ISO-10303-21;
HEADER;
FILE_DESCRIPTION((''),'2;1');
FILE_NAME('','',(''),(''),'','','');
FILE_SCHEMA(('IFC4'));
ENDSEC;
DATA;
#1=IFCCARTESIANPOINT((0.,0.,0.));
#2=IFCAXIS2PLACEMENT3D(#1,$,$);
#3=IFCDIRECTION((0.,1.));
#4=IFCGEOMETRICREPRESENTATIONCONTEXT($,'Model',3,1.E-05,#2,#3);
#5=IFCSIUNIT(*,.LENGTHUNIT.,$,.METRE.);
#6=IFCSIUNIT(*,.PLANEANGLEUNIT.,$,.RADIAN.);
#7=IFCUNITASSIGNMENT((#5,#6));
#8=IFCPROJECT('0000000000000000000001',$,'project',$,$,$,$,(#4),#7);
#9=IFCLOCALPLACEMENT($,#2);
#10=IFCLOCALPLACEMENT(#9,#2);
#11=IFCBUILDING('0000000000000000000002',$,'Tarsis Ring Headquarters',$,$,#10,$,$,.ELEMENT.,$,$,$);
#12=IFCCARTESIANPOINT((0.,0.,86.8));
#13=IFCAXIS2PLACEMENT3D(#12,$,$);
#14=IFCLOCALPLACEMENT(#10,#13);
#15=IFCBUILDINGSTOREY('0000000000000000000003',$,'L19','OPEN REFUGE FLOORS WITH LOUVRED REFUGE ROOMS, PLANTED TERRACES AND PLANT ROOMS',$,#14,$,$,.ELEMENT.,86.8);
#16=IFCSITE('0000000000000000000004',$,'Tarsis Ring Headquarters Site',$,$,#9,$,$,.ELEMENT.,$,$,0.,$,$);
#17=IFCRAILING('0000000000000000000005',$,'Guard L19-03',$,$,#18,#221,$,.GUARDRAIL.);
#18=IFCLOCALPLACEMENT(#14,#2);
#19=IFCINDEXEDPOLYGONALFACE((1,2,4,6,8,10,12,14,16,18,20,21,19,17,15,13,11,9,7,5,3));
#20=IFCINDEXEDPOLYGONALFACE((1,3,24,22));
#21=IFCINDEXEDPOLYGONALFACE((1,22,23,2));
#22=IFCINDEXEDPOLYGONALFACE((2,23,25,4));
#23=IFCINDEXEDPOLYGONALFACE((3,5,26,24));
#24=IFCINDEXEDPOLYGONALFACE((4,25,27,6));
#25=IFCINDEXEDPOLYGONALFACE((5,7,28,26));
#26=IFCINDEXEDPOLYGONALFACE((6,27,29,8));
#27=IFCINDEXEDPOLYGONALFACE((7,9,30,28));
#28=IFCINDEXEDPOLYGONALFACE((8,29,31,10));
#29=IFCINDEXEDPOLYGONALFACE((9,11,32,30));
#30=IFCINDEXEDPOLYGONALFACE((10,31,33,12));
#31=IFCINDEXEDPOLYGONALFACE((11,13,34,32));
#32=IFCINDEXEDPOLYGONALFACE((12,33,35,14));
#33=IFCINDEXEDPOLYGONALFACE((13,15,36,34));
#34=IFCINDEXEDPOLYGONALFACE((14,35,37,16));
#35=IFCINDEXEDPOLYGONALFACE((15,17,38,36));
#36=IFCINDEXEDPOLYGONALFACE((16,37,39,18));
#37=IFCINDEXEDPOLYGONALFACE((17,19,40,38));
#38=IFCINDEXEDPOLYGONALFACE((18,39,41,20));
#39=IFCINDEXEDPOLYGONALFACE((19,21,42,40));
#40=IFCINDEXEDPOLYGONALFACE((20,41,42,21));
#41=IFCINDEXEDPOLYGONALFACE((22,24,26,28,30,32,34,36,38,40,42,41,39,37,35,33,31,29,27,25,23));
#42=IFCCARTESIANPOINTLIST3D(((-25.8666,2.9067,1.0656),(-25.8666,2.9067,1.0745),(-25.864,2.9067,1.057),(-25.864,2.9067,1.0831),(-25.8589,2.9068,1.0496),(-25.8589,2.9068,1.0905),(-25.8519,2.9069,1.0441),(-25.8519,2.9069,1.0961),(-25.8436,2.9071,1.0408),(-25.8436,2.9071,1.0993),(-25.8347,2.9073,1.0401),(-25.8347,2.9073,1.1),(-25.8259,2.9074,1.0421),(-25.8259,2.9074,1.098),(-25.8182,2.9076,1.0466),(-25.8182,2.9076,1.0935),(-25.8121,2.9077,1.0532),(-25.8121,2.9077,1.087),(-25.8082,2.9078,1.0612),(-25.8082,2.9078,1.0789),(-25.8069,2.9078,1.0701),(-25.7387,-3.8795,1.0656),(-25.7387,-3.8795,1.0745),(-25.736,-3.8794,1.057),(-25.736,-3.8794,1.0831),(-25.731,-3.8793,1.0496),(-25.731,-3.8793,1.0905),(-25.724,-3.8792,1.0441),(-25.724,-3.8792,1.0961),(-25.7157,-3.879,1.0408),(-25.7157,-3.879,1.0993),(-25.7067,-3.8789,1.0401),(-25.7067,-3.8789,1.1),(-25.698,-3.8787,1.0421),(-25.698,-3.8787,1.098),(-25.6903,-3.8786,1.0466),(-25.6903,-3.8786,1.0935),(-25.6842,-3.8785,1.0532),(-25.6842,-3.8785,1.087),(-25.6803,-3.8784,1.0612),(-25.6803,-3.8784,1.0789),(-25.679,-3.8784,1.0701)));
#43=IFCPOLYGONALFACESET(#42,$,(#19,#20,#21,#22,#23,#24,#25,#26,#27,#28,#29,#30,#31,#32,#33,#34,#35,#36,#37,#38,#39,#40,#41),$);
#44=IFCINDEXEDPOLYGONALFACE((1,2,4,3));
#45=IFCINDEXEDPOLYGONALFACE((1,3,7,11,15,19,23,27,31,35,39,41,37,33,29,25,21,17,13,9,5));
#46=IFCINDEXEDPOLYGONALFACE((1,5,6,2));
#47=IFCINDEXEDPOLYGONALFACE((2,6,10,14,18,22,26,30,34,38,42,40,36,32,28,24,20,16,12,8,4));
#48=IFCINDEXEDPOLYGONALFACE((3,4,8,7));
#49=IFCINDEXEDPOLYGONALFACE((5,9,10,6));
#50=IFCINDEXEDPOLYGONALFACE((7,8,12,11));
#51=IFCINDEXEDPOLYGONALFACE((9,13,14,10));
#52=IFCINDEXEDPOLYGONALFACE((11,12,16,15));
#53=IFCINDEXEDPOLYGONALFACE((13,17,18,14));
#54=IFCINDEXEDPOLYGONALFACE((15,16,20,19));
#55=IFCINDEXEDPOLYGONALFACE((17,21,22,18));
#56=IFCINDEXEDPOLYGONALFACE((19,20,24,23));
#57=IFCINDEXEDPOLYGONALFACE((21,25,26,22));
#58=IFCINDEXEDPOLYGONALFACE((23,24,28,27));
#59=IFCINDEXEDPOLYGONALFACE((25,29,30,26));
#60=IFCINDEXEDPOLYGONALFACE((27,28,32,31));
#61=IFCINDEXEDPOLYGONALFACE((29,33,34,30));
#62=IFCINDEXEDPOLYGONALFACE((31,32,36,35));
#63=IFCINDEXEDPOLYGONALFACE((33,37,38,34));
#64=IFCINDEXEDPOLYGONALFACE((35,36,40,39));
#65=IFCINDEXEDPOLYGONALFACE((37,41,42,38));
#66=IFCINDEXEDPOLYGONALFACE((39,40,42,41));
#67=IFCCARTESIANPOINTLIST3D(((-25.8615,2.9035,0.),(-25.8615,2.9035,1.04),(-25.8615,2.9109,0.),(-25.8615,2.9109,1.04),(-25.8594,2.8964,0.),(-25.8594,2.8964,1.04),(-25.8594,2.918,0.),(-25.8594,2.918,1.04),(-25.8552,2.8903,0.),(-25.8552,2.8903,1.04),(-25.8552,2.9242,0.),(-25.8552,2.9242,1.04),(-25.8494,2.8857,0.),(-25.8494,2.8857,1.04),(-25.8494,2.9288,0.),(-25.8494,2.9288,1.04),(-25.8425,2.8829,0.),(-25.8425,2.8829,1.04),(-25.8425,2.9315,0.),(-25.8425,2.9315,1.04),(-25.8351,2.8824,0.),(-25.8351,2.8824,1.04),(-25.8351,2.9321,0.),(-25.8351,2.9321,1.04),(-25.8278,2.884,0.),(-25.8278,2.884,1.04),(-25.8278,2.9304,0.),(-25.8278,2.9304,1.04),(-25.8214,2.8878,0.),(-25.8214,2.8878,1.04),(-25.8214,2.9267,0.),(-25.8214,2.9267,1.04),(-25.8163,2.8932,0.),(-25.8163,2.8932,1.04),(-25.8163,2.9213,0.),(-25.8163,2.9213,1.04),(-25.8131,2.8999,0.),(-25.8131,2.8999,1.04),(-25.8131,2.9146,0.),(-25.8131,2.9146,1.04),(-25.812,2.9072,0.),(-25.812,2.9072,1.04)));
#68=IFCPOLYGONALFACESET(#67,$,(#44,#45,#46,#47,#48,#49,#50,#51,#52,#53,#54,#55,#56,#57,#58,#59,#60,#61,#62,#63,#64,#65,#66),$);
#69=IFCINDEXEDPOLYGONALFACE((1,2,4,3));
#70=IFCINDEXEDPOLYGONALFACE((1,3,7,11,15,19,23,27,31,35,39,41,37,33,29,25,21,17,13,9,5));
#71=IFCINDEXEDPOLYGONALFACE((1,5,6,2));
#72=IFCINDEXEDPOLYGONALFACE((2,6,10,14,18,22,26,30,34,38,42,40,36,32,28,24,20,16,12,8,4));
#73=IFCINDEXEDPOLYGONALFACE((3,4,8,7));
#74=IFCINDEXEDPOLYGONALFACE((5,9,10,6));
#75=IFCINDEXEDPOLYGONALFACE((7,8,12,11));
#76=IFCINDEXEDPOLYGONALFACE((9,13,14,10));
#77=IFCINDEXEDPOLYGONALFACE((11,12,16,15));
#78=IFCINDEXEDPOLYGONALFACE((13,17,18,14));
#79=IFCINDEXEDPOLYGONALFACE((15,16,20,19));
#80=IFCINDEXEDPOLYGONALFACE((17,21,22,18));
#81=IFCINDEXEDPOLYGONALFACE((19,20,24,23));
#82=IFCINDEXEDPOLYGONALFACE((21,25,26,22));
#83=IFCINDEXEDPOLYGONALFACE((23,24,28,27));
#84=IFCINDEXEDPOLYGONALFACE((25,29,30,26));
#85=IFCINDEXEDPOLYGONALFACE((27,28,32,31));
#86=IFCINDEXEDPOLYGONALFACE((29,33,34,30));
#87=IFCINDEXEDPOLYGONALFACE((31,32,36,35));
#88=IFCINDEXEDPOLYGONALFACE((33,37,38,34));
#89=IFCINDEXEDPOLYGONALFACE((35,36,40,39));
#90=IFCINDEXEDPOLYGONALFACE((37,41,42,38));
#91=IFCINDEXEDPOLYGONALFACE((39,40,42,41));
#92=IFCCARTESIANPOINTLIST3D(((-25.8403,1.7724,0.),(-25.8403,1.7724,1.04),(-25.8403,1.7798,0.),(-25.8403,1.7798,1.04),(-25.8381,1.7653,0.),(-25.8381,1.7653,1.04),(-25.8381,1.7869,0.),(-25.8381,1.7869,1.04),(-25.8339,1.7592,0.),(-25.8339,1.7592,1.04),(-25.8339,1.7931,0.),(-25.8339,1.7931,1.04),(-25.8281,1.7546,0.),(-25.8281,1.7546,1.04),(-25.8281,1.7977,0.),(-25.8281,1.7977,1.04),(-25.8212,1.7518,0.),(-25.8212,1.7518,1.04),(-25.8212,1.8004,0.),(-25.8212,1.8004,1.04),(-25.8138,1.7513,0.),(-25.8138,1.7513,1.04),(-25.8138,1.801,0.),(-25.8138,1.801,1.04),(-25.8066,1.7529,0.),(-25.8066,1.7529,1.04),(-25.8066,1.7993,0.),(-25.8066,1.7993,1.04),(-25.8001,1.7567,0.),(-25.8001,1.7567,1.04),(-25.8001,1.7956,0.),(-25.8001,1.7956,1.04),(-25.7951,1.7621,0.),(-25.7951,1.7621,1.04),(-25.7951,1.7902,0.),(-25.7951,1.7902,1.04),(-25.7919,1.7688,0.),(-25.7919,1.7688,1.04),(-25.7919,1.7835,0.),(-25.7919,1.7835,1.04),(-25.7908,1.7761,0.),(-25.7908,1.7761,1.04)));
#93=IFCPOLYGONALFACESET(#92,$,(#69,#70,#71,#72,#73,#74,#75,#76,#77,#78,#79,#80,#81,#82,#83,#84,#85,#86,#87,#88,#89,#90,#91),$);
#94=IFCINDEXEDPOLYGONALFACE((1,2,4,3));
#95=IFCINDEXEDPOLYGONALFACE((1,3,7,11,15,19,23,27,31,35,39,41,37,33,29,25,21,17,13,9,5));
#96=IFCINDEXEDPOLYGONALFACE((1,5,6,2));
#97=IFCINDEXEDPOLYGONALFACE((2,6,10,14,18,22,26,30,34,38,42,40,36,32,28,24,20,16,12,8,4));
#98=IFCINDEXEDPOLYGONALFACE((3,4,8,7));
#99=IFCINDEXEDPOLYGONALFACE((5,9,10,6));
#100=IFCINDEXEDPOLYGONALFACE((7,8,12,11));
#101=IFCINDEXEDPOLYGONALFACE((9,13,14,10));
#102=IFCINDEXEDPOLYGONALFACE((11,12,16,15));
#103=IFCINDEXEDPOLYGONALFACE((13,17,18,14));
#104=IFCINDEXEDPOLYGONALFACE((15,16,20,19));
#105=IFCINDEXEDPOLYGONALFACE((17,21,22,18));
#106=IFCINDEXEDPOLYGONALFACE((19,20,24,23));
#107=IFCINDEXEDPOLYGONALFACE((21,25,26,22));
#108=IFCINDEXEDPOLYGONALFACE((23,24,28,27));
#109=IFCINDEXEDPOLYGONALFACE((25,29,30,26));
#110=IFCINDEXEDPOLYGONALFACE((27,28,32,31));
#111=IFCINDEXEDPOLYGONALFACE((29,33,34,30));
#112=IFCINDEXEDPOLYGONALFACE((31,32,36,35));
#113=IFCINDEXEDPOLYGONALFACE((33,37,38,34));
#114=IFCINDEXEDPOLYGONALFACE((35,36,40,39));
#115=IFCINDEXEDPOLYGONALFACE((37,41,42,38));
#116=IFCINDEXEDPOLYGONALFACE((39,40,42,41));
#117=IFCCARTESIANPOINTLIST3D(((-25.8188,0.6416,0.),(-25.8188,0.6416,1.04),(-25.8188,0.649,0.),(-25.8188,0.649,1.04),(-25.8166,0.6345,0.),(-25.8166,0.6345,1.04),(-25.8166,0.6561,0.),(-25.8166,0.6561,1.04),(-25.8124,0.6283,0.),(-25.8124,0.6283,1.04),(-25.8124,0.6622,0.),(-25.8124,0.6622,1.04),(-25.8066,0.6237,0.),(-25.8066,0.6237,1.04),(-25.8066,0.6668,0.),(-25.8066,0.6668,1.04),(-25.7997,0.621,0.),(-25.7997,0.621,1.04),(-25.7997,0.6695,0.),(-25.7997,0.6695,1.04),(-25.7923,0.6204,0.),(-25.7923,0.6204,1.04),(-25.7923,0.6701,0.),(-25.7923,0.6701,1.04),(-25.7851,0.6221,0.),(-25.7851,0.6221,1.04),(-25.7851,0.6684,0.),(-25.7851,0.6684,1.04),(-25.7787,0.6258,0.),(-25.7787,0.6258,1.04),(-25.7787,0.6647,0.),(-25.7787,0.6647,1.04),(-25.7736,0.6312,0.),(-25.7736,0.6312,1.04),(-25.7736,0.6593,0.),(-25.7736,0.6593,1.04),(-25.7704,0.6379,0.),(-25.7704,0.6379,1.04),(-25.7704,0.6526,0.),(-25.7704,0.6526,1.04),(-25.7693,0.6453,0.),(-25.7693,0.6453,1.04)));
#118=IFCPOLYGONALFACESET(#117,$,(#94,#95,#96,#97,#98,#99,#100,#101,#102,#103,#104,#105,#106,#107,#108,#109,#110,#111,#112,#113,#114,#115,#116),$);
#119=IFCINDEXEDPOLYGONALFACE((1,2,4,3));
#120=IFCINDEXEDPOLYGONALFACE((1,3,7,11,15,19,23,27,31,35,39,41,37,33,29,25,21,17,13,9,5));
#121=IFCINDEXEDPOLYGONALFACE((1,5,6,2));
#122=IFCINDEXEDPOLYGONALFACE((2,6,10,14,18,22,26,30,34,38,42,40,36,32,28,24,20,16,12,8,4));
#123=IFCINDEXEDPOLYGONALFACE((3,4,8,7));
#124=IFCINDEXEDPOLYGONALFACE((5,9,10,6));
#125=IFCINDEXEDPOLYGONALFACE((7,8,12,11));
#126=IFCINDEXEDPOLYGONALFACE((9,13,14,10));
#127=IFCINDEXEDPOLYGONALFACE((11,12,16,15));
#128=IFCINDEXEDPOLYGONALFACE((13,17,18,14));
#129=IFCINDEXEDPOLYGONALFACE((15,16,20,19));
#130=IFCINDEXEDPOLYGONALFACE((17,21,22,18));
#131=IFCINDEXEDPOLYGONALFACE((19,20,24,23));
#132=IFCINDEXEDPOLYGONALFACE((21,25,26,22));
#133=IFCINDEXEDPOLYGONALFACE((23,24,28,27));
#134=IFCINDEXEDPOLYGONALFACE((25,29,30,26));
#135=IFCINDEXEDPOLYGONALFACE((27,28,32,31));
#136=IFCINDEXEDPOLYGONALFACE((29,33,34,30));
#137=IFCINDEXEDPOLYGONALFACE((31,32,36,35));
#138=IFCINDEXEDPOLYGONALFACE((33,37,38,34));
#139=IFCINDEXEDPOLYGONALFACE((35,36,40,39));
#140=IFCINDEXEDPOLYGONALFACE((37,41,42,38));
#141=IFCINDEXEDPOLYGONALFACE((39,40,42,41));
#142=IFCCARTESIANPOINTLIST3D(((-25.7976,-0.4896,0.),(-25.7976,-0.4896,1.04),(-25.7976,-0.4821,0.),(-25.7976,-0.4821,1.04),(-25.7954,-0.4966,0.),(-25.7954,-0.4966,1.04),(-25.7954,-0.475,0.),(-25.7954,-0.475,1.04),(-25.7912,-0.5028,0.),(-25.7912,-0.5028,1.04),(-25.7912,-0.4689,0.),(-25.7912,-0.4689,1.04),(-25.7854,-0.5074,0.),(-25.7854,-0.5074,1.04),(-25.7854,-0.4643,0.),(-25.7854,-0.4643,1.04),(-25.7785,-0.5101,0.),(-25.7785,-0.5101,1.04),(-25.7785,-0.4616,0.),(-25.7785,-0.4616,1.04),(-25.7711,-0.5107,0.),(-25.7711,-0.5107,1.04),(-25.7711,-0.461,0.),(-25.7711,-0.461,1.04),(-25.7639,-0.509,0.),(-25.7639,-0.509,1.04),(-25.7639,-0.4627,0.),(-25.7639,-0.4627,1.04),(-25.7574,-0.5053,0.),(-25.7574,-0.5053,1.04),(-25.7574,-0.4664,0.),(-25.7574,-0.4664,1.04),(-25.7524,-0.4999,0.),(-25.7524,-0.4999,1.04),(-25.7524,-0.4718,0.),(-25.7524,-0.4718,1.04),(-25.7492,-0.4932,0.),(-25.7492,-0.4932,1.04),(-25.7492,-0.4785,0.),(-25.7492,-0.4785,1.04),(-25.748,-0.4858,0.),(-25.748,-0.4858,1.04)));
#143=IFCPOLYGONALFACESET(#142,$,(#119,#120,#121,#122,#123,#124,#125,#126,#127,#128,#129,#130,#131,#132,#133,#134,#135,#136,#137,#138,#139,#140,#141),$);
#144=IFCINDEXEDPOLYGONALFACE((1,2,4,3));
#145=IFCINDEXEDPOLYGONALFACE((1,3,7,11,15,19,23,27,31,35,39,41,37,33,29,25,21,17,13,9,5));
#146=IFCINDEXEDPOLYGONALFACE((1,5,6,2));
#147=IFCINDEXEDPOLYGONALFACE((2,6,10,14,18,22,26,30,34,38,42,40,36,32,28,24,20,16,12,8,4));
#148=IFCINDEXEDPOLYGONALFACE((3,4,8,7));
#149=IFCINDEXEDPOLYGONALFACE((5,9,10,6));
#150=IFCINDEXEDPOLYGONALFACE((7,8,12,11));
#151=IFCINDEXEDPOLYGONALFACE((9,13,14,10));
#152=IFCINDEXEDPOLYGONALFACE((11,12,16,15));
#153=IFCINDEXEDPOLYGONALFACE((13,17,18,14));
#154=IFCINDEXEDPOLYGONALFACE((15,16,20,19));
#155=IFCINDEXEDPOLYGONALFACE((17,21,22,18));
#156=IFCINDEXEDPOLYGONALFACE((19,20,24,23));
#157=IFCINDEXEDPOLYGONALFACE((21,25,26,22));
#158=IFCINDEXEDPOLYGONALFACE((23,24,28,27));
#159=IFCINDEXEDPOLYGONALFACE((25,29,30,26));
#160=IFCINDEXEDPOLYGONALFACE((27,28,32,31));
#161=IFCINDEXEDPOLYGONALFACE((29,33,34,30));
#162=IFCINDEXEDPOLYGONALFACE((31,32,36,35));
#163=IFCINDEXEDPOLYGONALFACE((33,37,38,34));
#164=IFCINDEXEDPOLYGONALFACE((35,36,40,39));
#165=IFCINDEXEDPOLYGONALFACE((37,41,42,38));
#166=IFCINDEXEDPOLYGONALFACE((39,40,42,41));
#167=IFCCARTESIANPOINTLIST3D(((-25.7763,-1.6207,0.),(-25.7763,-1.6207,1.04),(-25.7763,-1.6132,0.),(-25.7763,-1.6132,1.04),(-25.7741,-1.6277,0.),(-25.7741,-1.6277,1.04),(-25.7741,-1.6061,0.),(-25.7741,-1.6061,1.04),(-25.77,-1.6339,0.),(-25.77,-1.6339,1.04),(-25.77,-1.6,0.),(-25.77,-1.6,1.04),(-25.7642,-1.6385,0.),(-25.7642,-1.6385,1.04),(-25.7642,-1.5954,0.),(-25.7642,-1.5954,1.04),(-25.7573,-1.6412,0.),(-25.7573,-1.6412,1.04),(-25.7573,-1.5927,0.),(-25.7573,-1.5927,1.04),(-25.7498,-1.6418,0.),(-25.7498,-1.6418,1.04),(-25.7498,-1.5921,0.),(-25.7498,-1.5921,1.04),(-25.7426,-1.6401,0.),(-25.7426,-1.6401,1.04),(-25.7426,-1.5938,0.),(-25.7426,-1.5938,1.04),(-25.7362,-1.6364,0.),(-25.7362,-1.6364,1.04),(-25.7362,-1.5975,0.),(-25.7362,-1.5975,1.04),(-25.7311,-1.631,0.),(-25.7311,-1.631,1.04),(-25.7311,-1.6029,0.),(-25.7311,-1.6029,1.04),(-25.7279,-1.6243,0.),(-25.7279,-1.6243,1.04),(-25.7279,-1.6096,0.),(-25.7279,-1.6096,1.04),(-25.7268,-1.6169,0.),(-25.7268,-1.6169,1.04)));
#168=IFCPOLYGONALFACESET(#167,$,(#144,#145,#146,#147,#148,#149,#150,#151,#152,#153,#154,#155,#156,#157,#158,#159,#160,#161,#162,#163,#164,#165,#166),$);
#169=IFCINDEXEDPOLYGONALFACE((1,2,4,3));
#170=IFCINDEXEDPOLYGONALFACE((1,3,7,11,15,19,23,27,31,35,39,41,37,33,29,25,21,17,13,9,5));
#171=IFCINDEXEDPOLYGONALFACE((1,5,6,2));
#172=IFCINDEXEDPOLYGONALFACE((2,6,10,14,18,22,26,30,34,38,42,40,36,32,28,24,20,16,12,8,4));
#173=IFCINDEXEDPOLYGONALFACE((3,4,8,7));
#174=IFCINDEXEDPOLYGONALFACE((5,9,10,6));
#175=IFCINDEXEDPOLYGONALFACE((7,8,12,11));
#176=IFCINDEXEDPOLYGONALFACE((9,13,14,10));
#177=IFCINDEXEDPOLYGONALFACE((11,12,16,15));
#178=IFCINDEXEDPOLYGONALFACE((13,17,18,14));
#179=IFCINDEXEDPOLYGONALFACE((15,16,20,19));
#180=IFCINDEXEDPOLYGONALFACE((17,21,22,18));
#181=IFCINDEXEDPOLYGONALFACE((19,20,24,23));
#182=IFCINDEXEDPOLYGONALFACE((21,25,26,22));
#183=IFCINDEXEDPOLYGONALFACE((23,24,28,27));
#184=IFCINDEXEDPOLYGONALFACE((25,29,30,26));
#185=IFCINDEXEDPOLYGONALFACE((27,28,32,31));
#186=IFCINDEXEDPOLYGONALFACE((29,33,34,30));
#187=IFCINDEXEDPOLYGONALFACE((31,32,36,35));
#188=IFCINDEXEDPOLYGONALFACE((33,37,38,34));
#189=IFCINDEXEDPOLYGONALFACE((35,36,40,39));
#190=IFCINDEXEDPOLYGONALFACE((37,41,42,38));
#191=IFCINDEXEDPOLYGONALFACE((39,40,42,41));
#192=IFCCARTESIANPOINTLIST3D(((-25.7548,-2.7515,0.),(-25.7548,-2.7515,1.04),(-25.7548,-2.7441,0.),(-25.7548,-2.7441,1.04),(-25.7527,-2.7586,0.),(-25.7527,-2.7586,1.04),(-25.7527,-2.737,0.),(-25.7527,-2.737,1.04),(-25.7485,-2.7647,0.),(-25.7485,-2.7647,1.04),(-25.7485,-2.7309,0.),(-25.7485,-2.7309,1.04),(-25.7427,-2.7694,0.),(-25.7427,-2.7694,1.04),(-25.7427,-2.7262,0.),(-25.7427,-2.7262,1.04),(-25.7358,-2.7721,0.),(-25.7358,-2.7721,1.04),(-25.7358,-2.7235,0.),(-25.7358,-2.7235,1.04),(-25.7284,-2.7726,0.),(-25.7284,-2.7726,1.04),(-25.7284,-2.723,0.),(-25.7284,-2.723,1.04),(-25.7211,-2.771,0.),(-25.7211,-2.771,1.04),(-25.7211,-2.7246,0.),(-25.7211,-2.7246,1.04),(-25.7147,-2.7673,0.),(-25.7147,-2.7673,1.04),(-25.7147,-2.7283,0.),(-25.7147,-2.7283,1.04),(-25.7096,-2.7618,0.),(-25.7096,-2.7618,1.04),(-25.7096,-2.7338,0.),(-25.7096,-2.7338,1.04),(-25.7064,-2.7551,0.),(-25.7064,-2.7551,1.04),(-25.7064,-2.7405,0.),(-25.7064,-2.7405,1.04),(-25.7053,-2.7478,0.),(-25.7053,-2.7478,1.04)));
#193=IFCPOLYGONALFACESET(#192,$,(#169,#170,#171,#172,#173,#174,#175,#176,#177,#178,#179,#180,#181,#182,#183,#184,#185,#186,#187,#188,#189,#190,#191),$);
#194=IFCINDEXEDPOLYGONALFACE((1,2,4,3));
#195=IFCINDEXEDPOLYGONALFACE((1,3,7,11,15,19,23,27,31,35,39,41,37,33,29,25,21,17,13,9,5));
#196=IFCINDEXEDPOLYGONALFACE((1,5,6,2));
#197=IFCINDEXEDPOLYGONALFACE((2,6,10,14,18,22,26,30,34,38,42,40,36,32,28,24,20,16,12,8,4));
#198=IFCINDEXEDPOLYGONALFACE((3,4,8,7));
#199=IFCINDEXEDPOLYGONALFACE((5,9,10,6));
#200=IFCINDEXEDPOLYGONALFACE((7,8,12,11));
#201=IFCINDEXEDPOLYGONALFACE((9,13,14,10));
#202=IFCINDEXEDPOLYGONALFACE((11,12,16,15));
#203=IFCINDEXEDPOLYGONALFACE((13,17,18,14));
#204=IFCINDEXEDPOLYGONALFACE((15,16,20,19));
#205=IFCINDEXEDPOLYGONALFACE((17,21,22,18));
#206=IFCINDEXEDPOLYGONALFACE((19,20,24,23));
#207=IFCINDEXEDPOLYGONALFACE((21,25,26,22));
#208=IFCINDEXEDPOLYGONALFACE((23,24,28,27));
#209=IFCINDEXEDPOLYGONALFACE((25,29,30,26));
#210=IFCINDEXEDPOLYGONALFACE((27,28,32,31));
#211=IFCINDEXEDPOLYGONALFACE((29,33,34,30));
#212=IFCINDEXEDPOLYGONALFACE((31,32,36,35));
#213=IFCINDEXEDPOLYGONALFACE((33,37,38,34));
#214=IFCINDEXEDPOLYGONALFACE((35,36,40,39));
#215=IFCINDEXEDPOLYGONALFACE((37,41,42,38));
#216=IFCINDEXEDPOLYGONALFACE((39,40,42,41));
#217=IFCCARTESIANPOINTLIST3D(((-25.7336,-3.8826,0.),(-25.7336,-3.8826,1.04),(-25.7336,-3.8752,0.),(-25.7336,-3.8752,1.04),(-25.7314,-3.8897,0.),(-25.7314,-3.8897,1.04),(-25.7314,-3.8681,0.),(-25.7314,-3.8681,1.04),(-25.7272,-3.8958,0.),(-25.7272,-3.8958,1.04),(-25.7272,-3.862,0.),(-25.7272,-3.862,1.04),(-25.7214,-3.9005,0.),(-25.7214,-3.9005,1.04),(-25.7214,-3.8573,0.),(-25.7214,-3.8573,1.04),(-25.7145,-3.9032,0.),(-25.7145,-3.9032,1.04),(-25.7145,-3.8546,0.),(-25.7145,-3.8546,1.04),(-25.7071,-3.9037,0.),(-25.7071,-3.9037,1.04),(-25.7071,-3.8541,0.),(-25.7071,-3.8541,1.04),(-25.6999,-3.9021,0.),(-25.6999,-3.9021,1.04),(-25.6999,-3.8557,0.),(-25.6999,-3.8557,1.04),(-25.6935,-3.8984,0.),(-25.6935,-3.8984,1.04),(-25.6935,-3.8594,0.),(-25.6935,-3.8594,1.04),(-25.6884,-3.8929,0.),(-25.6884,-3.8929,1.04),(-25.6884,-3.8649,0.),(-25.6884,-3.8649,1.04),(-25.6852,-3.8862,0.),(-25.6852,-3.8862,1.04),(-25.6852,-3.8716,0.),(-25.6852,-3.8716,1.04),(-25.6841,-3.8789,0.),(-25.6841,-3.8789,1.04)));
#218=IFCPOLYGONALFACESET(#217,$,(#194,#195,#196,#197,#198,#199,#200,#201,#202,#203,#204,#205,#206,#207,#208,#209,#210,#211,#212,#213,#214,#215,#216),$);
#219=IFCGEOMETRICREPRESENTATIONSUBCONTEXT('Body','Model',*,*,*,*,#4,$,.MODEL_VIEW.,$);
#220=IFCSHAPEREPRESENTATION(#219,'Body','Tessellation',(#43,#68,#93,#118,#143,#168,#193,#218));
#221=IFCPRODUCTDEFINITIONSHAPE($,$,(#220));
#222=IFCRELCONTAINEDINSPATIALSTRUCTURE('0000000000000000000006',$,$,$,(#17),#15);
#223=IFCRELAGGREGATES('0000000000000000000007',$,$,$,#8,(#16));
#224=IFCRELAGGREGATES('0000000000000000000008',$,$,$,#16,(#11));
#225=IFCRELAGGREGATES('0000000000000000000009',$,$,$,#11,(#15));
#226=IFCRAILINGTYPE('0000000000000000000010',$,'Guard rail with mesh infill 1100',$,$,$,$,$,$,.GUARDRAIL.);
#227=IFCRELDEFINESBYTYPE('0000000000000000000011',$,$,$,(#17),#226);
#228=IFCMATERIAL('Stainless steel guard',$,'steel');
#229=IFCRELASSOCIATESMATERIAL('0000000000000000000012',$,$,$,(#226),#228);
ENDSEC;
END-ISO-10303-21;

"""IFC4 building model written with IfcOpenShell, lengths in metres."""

from ifc_helpers import new_model, si_unit, direction, frame, origin, origin_2d, place, context, subcontext, project, spatial, circle, extrude, material, type_object, element, save


model = new_model("IFC4")

# Units and contexts
model_context = context("Model", 3, precision=1e-05, world=origin(), true_north=direction((0.0, 1.0)))
body_context = subcontext(model_context, "Body", "Model", "MODEL_VIEW")
ifc_project = project(units=[si_unit("LENGTHUNIT", "METRE"), si_unit("PLANEANGLEUNIT", "RADIAN")], contexts=[model_context])

# Site, building, storey
site_placement = place(None, origin())
site = spatial("IfcSite", under=ifc_project, at=site_placement, Name="Tarsis Ring Headquarters Site", CompositionType="ELEMENT", RefElevation=0.0)
building_placement = place(site_placement, origin())
building = spatial("IfcBuilding", under=site, at=building_placement, Name="Tarsis Ring Headquarters", CompositionType="ELEMENT")
storey_placement = place(building_placement, frame((0.0, 0.0, 86.8)))
storey = spatial("IfcBuildingStorey", under=building, at=storey_placement, Name="L19", Description="OPEN REFUGE FLOORS WITH LOUVRED REFUGE ROOMS, PLANTED TERRACES AND PLANT ROOMS", CompositionType="ELEMENT", Elevation=86.8)

# Railing
ifc_material_1 = material(Name="Stainless steel guard", Category="steel")
railing_type = type_object("IfcRailingType", Name="Guard rail with mesh infill 1100", PredefinedType="GUARDRAIL", material=ifc_material_1)
railing_1_placement = place(storey_placement, frame((-25.8369, 2.9072, 0.0)))
element("IfcRailing", 1, at=railing_1_placement, inside=storey, type_object=railing_type, Name="Guard L19-03", PredefinedType="GUARDRAIL", context=body_context, shape_type="SweptSolid", body=[
    extrude(circle(Radius=0.03, at=origin_2d()), frame((0.0, 0.0, 1.0701), z_axis=(0.018848, -0.999822, 0.0), x_axis=(0.999822, 0.018848, 0.0)), (0.0, 0.0, 1.0), 6.7874),
    extrude(circle(Radius=0.0249, at=origin_2d()), origin(), (0.0, 0.0, 1.0), 1.04),
    extrude(circle(Radius=0.0249, at=origin_2d()), frame((0.0212, -1.1311, 0.0)), (0.0, 0.0, 1.0), 1.04),
    extrude(circle(Radius=0.0249, at=origin_2d()), frame((0.0427, -2.262, 0.0)), (0.0, 0.0, 1.0), 1.04),
    extrude(circle(Radius=0.0249, at=origin_2d()), frame((0.064, -3.3931, 0.0)), (0.0, 0.0, 1.0), 1.04),
    extrude(circle(Radius=0.0249, at=origin_2d()), frame((0.0852, -4.5242, 0.0)), (0.0, 0.0, 1.0), 1.04),
    extrude(circle(Radius=0.0249, at=origin_2d()), frame((0.1067, -5.655, 0.0)), (0.0, 0.0, 1.0), 1.04),
    extrude(circle(Radius=0.0249, at=origin_2d()), frame((0.1279, -6.7861, 0.0)), (0.0, 0.0, 1.0), 1.04),
])

save(model, "model.ifc")
